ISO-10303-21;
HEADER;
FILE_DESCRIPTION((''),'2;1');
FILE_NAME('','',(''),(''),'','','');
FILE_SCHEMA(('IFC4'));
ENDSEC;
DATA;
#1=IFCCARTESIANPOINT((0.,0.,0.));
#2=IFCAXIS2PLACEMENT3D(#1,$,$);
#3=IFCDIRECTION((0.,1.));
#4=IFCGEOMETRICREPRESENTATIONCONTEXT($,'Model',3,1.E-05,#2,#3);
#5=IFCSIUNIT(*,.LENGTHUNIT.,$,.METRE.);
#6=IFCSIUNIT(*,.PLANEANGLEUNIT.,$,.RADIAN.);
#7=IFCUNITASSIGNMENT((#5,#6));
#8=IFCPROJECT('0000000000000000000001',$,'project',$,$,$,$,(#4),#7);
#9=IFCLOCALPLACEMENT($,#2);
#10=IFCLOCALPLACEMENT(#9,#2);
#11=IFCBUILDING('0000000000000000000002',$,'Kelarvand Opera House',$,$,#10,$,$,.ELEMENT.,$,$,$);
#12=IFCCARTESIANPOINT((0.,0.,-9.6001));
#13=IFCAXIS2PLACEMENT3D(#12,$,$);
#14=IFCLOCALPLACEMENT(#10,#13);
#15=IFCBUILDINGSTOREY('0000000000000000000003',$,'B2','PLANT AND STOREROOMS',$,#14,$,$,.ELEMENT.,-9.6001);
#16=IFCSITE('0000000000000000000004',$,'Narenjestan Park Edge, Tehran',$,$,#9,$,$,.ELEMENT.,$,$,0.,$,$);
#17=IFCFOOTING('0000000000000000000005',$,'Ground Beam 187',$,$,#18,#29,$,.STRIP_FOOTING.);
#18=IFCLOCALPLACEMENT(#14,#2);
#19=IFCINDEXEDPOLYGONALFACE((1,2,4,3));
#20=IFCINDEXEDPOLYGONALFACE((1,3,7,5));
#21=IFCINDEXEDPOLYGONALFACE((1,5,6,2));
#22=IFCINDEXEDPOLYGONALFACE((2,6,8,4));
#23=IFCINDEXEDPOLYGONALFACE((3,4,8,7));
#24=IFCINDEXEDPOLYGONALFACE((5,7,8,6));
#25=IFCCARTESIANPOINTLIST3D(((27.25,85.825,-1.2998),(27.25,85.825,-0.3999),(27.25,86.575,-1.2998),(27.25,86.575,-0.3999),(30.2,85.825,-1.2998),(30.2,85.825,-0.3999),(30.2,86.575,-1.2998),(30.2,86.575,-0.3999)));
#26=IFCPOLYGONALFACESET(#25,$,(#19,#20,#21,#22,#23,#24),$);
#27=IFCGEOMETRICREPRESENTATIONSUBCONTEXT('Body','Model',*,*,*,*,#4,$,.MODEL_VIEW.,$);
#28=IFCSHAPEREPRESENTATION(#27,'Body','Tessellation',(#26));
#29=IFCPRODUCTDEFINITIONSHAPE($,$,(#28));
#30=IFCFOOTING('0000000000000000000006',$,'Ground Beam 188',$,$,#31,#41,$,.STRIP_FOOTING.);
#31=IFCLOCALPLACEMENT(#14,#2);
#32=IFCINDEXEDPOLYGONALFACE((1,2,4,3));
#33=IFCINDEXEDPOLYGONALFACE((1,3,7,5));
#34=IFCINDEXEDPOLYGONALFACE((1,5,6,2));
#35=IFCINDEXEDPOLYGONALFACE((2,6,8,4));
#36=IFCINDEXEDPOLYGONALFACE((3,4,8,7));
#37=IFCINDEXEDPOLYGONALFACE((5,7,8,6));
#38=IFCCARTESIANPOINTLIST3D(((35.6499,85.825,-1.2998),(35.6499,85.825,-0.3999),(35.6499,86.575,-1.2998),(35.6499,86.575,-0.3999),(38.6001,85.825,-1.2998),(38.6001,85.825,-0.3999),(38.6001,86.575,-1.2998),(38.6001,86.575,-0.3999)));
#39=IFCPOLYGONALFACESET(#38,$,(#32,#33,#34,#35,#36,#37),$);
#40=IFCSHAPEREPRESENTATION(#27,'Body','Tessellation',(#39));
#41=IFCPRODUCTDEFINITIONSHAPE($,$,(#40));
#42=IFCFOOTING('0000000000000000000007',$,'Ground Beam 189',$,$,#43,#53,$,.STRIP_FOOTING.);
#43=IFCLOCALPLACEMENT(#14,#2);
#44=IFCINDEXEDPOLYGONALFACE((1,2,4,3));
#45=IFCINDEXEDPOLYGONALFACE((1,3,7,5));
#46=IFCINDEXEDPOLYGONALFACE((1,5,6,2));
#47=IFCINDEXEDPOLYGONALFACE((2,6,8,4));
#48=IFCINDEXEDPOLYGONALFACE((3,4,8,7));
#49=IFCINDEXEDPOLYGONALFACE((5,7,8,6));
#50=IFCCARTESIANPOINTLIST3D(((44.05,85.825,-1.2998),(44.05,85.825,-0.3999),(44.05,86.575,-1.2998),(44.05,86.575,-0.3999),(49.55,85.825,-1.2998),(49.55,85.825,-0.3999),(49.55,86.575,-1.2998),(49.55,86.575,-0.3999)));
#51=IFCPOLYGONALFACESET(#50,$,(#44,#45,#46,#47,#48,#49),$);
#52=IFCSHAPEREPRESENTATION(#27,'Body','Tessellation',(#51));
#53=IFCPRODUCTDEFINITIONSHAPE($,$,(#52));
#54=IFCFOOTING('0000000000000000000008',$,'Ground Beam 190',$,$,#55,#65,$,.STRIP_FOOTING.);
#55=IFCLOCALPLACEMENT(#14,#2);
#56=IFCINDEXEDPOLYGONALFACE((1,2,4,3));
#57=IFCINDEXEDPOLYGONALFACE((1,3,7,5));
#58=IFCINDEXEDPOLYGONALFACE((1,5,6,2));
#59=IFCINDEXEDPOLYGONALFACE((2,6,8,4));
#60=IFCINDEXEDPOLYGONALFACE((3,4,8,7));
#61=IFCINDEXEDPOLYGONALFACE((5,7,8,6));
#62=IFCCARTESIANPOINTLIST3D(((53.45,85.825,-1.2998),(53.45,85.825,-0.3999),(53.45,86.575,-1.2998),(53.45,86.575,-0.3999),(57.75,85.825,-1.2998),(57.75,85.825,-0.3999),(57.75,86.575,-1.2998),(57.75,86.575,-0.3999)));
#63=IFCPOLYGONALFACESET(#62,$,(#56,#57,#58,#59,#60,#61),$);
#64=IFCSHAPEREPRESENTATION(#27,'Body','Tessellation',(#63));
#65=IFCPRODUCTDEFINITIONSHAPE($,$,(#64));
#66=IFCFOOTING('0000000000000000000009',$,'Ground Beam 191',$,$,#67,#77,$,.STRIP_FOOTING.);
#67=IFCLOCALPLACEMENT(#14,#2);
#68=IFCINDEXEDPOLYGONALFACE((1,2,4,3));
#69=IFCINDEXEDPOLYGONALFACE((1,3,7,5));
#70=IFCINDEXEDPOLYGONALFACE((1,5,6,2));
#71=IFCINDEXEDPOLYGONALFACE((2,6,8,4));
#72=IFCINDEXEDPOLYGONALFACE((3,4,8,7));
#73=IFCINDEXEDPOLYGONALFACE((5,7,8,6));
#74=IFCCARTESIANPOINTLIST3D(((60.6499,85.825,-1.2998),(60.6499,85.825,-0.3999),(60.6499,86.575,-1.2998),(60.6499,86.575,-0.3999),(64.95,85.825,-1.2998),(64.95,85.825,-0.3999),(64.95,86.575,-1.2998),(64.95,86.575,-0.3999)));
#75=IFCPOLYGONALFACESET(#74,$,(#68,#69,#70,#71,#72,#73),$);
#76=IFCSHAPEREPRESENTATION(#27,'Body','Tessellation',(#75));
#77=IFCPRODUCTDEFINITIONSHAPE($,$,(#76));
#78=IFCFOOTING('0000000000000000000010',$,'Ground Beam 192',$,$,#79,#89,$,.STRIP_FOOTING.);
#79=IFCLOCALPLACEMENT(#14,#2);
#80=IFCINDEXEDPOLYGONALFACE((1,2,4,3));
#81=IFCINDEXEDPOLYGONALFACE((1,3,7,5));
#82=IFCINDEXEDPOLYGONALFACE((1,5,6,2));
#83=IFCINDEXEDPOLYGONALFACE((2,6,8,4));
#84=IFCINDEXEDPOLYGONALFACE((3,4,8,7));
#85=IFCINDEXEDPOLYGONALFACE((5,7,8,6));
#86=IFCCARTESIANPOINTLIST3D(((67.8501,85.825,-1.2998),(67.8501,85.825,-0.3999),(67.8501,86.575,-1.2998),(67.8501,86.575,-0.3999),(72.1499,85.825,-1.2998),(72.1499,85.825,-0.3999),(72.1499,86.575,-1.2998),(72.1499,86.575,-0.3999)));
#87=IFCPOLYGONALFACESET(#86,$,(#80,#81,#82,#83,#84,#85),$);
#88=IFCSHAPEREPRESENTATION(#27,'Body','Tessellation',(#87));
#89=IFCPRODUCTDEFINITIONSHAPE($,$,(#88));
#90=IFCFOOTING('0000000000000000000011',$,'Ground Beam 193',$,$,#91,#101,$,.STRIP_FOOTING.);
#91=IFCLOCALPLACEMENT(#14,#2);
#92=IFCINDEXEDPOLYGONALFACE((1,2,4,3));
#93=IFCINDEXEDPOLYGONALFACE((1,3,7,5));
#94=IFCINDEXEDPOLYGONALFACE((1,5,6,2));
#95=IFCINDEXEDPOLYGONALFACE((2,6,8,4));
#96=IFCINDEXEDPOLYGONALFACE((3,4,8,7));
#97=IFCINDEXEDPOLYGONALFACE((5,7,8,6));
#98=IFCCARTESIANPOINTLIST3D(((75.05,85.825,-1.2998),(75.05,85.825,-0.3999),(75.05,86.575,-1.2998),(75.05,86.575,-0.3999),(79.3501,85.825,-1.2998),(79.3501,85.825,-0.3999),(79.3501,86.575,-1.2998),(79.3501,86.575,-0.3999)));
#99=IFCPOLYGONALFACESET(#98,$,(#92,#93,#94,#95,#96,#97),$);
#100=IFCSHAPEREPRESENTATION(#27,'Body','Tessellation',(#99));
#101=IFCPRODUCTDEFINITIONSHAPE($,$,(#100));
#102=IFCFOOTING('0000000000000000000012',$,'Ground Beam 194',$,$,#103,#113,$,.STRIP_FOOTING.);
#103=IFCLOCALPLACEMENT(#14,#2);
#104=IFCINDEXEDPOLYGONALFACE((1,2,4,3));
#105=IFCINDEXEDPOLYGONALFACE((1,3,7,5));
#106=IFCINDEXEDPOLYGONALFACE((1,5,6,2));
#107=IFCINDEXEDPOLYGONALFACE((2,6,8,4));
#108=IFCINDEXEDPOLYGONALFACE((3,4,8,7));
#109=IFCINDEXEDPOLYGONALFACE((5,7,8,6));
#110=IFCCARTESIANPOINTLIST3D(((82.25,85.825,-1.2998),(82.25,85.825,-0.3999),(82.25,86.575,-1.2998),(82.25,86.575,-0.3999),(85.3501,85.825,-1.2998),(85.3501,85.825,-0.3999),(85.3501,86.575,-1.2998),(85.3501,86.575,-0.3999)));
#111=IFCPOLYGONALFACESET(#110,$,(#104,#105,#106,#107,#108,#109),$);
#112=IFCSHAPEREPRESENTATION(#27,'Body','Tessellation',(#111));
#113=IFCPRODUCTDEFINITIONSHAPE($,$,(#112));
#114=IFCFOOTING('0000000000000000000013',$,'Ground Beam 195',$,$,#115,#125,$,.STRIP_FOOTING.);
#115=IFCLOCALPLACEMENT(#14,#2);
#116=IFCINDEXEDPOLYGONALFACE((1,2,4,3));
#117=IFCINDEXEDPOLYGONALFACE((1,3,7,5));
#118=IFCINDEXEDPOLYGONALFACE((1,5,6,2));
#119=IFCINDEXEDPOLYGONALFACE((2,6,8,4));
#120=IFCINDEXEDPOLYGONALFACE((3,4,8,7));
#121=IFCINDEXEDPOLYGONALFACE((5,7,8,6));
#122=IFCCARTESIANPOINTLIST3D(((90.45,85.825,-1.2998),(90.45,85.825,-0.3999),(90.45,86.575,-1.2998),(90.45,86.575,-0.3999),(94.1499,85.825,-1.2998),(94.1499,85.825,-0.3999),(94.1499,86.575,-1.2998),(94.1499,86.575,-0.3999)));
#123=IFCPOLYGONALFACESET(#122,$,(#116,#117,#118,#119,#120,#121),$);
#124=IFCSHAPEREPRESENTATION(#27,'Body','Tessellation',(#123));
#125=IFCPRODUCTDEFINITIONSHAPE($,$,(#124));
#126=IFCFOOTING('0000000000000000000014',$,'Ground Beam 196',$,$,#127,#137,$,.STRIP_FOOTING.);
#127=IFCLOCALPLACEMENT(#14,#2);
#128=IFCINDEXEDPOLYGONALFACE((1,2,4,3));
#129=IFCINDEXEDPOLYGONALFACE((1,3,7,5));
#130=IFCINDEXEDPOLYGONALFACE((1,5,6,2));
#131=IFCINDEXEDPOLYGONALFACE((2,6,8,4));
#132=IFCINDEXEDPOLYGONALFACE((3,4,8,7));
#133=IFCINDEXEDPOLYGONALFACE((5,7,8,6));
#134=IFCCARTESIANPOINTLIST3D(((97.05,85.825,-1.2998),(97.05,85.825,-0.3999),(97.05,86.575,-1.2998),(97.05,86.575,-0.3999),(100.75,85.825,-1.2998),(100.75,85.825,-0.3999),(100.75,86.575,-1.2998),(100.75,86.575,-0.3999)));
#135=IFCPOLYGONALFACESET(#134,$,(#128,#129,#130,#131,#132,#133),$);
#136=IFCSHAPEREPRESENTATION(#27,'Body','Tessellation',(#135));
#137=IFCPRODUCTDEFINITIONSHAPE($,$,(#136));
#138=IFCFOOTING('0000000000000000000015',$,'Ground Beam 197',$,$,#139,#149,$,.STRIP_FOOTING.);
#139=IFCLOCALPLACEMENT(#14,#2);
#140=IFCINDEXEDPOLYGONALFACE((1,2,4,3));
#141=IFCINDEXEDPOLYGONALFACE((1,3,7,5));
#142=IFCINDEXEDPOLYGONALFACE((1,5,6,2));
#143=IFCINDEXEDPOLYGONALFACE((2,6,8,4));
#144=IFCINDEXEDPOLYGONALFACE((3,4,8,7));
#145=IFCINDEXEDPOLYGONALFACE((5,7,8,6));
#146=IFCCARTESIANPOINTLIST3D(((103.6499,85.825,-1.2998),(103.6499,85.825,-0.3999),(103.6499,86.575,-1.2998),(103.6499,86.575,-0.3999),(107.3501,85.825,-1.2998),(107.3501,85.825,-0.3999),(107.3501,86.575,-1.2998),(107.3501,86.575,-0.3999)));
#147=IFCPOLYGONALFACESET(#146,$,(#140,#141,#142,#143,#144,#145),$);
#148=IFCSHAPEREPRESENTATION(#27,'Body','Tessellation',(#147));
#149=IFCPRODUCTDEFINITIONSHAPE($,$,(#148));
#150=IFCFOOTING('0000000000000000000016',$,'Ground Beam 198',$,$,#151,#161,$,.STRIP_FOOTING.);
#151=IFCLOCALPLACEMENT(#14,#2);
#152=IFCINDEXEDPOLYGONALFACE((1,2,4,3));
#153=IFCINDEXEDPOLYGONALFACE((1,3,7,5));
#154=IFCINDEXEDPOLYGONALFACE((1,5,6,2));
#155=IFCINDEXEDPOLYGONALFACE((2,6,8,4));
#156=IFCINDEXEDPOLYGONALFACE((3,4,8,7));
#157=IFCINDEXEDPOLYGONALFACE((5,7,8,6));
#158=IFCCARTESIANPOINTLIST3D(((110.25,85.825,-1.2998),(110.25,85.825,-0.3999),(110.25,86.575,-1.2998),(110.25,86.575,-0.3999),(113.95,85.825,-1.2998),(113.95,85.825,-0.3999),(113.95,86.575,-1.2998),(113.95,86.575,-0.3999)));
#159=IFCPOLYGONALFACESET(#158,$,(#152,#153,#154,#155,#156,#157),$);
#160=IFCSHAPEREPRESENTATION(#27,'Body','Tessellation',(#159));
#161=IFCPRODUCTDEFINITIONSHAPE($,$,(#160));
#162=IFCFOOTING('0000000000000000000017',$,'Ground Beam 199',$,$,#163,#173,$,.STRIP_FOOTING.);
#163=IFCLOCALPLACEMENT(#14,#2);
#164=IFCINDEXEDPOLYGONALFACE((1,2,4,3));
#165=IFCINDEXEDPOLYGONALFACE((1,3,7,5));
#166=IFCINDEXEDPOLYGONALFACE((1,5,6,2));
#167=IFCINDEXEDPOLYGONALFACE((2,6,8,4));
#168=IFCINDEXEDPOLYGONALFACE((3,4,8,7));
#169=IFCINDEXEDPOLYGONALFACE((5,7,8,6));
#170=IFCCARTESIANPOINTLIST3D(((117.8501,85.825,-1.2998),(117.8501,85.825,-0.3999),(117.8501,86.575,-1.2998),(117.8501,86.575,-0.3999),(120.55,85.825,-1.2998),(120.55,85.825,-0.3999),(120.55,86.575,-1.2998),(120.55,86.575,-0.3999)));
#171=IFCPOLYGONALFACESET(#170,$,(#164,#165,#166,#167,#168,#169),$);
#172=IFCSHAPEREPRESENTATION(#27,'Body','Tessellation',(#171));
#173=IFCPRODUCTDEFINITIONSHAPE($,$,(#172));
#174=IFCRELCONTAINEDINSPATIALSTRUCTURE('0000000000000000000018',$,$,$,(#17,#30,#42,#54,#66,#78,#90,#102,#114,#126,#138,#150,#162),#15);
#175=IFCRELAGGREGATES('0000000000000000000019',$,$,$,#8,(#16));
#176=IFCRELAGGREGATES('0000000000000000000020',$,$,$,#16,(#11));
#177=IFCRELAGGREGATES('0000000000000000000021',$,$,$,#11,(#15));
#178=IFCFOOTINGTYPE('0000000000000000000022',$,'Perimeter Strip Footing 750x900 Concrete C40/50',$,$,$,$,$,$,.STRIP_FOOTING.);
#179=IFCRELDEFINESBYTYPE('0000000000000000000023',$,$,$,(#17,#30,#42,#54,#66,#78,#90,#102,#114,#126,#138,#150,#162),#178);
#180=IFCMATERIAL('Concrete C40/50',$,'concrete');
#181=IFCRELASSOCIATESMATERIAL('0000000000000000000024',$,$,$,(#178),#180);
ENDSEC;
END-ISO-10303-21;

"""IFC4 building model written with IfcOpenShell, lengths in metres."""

from ifc_helpers import new_model, si_unit, direction, frame, origin, place, context, subcontext, project, spatial, polyline, outline, extrude, material, type_object, element, save


model = new_model("IFC4")

# Units and contexts
model_context = context("Model", 3, precision=1e-05, world=origin(), true_north=direction((0.0, 1.0)))
body_context = subcontext(model_context, "Body", "Model", "MODEL_VIEW")
ifc_project = project(units=[si_unit("LENGTHUNIT", "METRE"), si_unit("PLANEANGLEUNIT", "RADIAN")], contexts=[model_context])

# Site, building, storey
site_placement = place(None, origin())
site = spatial("IfcSite", under=ifc_project, at=site_placement, Name="Narenjestan Park Edge, Tehran", CompositionType="ELEMENT", RefElevation=0.0)
building_placement = place(site_placement, origin())
building = spatial("IfcBuilding", under=site, at=building_placement, Name="Kelarvand Opera House", CompositionType="ELEMENT")
storey_placement = place(building_placement, frame((0.0, 0.0, -9.6001)))
storey = spatial("IfcBuildingStorey", under=building, at=storey_placement, Name="B2", Description="PLANT AND STOREROOMS", CompositionType="ELEMENT", Elevation=-9.6001)

# Footings
ifc_material = material(Name="Concrete C40/50", Category="concrete")
footing_type_1 = type_object("IfcFootingType", Name="Perimeter Strip Footing 750x900 Concrete C40/50", PredefinedType="STRIP_FOOTING", material=ifc_material)
footing_1_placement = place(storey_placement, frame((0.0, 0.0, -1.2998)))
element("IfcFooting", 1, at=footing_1_placement, inside=storey, type_object=footing_type_1, Name="Ground Beam 187", PredefinedType="STRIP_FOOTING", context=body_context, shape_type="SweptSolid", body=[
    extrude(outline(polyline([(27.25, 85.825), (30.2, 85.825), (30.2, 86.575), (27.25, 86.575), (27.25, 85.825)])), origin(), (0.0, 0.0, 1.0), 0.8999),
])
footing_2_placement = place(storey_placement, frame((0.0, 0.0, -1.2998)))
element("IfcFooting", 2, at=footing_2_placement, inside=storey, type_object=footing_type_1, Name="Ground Beam 188", PredefinedType="STRIP_FOOTING", context=body_context, shape_type="SweptSolid", body=[
    extrude(outline(polyline([(35.6499, 85.825), (38.6001, 85.825), (38.6001, 86.575), (35.6499, 86.575), (35.6499, 85.825)])), origin(), (0.0, 0.0, 1.0), 0.8999),
])
footing_3_placement = place(storey_placement, frame((0.0, 0.0, -1.2998)))
element("IfcFooting", 3, at=footing_3_placement, inside=storey, type_object=footing_type_1, Name="Ground Beam 189", PredefinedType="STRIP_FOOTING", context=body_context, shape_type="SweptSolid", body=[
    extrude(outline(polyline([(44.05, 85.825), (49.55, 85.825), (49.55, 86.575), (44.05, 86.575), (44.05, 85.825)])), origin(), (0.0, 0.0, 1.0), 0.8999),
])
footing_4_placement = place(storey_placement, frame((0.0, 0.0, -1.2998)))
element("IfcFooting", 4, at=footing_4_placement, inside=storey, type_object=footing_type_1, Name="Ground Beam 190", PredefinedType="STRIP_FOOTING", context=body_context, shape_type="SweptSolid", body=[
    extrude(outline(polyline([(53.45, 85.825), (57.75, 85.825), (57.75, 86.575), (53.45, 86.575), (53.45, 85.825)])), origin(), (0.0, 0.0, 1.0), 0.8999),
])
footing_5_placement = place(storey_placement, frame((0.0, 0.0, -1.2998)))
element("IfcFooting", 5, at=footing_5_placement, inside=storey, type_object=footing_type_1, Name="Ground Beam 191", PredefinedType="STRIP_FOOTING", context=body_context, shape_type="SweptSolid", body=[
    extrude(outline(polyline([(60.6499, 85.825), (64.95, 85.825), (64.95, 86.575), (60.6499, 86.575), (60.6499, 85.825)])), origin(), (0.0, 0.0, 1.0), 0.8999),
])
footing_6_placement = place(storey_placement, frame((0.0, 0.0, -1.2998)))
element("IfcFooting", 6, at=footing_6_placement, inside=storey, type_object=footing_type_1, Name="Ground Beam 192", PredefinedType="STRIP_FOOTING", context=body_context, shape_type="SweptSolid", body=[
    extrude(outline(polyline([(67.8501, 85.825), (72.1499, 85.825), (72.1499, 86.575), (67.8501, 86.575), (67.8501, 85.825)])), origin(), (0.0, 0.0, 1.0), 0.8999),
])
footing_7_placement = place(storey_placement, frame((0.0, 0.0, -1.2998)))
element("IfcFooting", 7, at=footing_7_placement, inside=storey, type_object=footing_type_1, Name="Ground Beam 193", PredefinedType="STRIP_FOOTING", context=body_context, shape_type="SweptSolid", body=[
    extrude(outline(polyline([(75.05, 85.825), (79.3501, 85.825), (79.3501, 86.575), (75.05, 86.575), (75.05, 85.825)])), origin(), (0.0, 0.0, 1.0), 0.8999),
])
footing_8_placement = place(storey_placement, frame((0.0, 0.0, -1.2998)))
element("IfcFooting", 8, at=footing_8_placement, inside=storey, type_object=footing_type_1, Name="Ground Beam 194", PredefinedType="STRIP_FOOTING", context=body_context, shape_type="SweptSolid", body=[
    extrude(outline(polyline([(82.25, 85.825), (85.3501, 85.825), (85.3501, 86.575), (82.25, 86.575), (82.25, 85.825)])), origin(), (0.0, 0.0, 1.0), 0.8999),
])
footing_9_placement = place(storey_placement, frame((0.0, 0.0, -1.2998)))
element("IfcFooting", 9, at=footing_9_placement, inside=storey, type_object=footing_type_1, Name="Ground Beam 195", PredefinedType="STRIP_FOOTING", context=body_context, shape_type="SweptSolid", body=[
    extrude(outline(polyline([(90.45, 85.825), (94.1499, 85.825), (94.1499, 86.575), (90.45, 86.575), (90.45, 85.825)])), origin(), (0.0, 0.0, 1.0), 0.8999),
])
footing_10_placement = place(storey_placement, frame((0.0, 0.0, -1.2998)))
element("IfcFooting", 10, at=footing_10_placement, inside=storey, type_object=footing_type_1, Name="Ground Beam 196", PredefinedType="STRIP_FOOTING", context=body_context, shape_type="SweptSolid", body=[
    extrude(outline(polyline([(97.05, 85.825), (100.75, 85.825), (100.75, 86.575), (97.05, 86.575), (97.05, 85.825)])), origin(), (0.0, 0.0, 1.0), 0.8999),
])
footing_11_placement = place(storey_placement, frame((0.0, 0.0, -1.2998)))
element("IfcFooting", 11, at=footing_11_placement, inside=storey, type_object=footing_type_1, Name="Ground Beam 197", PredefinedType="STRIP_FOOTING", context=body_context, shape_type="SweptSolid", body=[
    extrude(outline(polyline([(103.6499, 85.825), (107.3501, 85.825), (107.3501, 86.575), (103.6499, 86.575), (103.6499, 85.825)])), origin(), (0.0, 0.0, 1.0), 0.8999),
])
footing_12_placement = place(storey_placement, frame((0.0, 0.0, -1.2998)))
element("IfcFooting", 12, at=footing_12_placement, inside=storey, type_object=footing_type_1, Name="Ground Beam 198", PredefinedType="STRIP_FOOTING", context=body_context, shape_type="SweptSolid", body=[
    extrude(outline(polyline([(110.25, 85.825), (113.95, 85.825), (113.95, 86.575), (110.25, 86.575), (110.25, 85.825)])), origin(), (0.0, 0.0, 1.0), 0.8999),
])
footing_13_placement = place(storey_placement, frame((0.0, 0.0, -1.2998)))
element("IfcFooting", 13, at=footing_13_placement, inside=storey, type_object=footing_type_1, Name="Ground Beam 199", PredefinedType="STRIP_FOOTING", context=body_context, shape_type="SweptSolid", body=[
    extrude(outline(polyline([(117.8501, 85.825), (120.55, 85.825), (120.55, 86.575), (117.8501, 86.575), (117.8501, 85.825)])), origin(), (0.0, 0.0, 1.0), 0.8999),
])

save(model, "model.ifc")
